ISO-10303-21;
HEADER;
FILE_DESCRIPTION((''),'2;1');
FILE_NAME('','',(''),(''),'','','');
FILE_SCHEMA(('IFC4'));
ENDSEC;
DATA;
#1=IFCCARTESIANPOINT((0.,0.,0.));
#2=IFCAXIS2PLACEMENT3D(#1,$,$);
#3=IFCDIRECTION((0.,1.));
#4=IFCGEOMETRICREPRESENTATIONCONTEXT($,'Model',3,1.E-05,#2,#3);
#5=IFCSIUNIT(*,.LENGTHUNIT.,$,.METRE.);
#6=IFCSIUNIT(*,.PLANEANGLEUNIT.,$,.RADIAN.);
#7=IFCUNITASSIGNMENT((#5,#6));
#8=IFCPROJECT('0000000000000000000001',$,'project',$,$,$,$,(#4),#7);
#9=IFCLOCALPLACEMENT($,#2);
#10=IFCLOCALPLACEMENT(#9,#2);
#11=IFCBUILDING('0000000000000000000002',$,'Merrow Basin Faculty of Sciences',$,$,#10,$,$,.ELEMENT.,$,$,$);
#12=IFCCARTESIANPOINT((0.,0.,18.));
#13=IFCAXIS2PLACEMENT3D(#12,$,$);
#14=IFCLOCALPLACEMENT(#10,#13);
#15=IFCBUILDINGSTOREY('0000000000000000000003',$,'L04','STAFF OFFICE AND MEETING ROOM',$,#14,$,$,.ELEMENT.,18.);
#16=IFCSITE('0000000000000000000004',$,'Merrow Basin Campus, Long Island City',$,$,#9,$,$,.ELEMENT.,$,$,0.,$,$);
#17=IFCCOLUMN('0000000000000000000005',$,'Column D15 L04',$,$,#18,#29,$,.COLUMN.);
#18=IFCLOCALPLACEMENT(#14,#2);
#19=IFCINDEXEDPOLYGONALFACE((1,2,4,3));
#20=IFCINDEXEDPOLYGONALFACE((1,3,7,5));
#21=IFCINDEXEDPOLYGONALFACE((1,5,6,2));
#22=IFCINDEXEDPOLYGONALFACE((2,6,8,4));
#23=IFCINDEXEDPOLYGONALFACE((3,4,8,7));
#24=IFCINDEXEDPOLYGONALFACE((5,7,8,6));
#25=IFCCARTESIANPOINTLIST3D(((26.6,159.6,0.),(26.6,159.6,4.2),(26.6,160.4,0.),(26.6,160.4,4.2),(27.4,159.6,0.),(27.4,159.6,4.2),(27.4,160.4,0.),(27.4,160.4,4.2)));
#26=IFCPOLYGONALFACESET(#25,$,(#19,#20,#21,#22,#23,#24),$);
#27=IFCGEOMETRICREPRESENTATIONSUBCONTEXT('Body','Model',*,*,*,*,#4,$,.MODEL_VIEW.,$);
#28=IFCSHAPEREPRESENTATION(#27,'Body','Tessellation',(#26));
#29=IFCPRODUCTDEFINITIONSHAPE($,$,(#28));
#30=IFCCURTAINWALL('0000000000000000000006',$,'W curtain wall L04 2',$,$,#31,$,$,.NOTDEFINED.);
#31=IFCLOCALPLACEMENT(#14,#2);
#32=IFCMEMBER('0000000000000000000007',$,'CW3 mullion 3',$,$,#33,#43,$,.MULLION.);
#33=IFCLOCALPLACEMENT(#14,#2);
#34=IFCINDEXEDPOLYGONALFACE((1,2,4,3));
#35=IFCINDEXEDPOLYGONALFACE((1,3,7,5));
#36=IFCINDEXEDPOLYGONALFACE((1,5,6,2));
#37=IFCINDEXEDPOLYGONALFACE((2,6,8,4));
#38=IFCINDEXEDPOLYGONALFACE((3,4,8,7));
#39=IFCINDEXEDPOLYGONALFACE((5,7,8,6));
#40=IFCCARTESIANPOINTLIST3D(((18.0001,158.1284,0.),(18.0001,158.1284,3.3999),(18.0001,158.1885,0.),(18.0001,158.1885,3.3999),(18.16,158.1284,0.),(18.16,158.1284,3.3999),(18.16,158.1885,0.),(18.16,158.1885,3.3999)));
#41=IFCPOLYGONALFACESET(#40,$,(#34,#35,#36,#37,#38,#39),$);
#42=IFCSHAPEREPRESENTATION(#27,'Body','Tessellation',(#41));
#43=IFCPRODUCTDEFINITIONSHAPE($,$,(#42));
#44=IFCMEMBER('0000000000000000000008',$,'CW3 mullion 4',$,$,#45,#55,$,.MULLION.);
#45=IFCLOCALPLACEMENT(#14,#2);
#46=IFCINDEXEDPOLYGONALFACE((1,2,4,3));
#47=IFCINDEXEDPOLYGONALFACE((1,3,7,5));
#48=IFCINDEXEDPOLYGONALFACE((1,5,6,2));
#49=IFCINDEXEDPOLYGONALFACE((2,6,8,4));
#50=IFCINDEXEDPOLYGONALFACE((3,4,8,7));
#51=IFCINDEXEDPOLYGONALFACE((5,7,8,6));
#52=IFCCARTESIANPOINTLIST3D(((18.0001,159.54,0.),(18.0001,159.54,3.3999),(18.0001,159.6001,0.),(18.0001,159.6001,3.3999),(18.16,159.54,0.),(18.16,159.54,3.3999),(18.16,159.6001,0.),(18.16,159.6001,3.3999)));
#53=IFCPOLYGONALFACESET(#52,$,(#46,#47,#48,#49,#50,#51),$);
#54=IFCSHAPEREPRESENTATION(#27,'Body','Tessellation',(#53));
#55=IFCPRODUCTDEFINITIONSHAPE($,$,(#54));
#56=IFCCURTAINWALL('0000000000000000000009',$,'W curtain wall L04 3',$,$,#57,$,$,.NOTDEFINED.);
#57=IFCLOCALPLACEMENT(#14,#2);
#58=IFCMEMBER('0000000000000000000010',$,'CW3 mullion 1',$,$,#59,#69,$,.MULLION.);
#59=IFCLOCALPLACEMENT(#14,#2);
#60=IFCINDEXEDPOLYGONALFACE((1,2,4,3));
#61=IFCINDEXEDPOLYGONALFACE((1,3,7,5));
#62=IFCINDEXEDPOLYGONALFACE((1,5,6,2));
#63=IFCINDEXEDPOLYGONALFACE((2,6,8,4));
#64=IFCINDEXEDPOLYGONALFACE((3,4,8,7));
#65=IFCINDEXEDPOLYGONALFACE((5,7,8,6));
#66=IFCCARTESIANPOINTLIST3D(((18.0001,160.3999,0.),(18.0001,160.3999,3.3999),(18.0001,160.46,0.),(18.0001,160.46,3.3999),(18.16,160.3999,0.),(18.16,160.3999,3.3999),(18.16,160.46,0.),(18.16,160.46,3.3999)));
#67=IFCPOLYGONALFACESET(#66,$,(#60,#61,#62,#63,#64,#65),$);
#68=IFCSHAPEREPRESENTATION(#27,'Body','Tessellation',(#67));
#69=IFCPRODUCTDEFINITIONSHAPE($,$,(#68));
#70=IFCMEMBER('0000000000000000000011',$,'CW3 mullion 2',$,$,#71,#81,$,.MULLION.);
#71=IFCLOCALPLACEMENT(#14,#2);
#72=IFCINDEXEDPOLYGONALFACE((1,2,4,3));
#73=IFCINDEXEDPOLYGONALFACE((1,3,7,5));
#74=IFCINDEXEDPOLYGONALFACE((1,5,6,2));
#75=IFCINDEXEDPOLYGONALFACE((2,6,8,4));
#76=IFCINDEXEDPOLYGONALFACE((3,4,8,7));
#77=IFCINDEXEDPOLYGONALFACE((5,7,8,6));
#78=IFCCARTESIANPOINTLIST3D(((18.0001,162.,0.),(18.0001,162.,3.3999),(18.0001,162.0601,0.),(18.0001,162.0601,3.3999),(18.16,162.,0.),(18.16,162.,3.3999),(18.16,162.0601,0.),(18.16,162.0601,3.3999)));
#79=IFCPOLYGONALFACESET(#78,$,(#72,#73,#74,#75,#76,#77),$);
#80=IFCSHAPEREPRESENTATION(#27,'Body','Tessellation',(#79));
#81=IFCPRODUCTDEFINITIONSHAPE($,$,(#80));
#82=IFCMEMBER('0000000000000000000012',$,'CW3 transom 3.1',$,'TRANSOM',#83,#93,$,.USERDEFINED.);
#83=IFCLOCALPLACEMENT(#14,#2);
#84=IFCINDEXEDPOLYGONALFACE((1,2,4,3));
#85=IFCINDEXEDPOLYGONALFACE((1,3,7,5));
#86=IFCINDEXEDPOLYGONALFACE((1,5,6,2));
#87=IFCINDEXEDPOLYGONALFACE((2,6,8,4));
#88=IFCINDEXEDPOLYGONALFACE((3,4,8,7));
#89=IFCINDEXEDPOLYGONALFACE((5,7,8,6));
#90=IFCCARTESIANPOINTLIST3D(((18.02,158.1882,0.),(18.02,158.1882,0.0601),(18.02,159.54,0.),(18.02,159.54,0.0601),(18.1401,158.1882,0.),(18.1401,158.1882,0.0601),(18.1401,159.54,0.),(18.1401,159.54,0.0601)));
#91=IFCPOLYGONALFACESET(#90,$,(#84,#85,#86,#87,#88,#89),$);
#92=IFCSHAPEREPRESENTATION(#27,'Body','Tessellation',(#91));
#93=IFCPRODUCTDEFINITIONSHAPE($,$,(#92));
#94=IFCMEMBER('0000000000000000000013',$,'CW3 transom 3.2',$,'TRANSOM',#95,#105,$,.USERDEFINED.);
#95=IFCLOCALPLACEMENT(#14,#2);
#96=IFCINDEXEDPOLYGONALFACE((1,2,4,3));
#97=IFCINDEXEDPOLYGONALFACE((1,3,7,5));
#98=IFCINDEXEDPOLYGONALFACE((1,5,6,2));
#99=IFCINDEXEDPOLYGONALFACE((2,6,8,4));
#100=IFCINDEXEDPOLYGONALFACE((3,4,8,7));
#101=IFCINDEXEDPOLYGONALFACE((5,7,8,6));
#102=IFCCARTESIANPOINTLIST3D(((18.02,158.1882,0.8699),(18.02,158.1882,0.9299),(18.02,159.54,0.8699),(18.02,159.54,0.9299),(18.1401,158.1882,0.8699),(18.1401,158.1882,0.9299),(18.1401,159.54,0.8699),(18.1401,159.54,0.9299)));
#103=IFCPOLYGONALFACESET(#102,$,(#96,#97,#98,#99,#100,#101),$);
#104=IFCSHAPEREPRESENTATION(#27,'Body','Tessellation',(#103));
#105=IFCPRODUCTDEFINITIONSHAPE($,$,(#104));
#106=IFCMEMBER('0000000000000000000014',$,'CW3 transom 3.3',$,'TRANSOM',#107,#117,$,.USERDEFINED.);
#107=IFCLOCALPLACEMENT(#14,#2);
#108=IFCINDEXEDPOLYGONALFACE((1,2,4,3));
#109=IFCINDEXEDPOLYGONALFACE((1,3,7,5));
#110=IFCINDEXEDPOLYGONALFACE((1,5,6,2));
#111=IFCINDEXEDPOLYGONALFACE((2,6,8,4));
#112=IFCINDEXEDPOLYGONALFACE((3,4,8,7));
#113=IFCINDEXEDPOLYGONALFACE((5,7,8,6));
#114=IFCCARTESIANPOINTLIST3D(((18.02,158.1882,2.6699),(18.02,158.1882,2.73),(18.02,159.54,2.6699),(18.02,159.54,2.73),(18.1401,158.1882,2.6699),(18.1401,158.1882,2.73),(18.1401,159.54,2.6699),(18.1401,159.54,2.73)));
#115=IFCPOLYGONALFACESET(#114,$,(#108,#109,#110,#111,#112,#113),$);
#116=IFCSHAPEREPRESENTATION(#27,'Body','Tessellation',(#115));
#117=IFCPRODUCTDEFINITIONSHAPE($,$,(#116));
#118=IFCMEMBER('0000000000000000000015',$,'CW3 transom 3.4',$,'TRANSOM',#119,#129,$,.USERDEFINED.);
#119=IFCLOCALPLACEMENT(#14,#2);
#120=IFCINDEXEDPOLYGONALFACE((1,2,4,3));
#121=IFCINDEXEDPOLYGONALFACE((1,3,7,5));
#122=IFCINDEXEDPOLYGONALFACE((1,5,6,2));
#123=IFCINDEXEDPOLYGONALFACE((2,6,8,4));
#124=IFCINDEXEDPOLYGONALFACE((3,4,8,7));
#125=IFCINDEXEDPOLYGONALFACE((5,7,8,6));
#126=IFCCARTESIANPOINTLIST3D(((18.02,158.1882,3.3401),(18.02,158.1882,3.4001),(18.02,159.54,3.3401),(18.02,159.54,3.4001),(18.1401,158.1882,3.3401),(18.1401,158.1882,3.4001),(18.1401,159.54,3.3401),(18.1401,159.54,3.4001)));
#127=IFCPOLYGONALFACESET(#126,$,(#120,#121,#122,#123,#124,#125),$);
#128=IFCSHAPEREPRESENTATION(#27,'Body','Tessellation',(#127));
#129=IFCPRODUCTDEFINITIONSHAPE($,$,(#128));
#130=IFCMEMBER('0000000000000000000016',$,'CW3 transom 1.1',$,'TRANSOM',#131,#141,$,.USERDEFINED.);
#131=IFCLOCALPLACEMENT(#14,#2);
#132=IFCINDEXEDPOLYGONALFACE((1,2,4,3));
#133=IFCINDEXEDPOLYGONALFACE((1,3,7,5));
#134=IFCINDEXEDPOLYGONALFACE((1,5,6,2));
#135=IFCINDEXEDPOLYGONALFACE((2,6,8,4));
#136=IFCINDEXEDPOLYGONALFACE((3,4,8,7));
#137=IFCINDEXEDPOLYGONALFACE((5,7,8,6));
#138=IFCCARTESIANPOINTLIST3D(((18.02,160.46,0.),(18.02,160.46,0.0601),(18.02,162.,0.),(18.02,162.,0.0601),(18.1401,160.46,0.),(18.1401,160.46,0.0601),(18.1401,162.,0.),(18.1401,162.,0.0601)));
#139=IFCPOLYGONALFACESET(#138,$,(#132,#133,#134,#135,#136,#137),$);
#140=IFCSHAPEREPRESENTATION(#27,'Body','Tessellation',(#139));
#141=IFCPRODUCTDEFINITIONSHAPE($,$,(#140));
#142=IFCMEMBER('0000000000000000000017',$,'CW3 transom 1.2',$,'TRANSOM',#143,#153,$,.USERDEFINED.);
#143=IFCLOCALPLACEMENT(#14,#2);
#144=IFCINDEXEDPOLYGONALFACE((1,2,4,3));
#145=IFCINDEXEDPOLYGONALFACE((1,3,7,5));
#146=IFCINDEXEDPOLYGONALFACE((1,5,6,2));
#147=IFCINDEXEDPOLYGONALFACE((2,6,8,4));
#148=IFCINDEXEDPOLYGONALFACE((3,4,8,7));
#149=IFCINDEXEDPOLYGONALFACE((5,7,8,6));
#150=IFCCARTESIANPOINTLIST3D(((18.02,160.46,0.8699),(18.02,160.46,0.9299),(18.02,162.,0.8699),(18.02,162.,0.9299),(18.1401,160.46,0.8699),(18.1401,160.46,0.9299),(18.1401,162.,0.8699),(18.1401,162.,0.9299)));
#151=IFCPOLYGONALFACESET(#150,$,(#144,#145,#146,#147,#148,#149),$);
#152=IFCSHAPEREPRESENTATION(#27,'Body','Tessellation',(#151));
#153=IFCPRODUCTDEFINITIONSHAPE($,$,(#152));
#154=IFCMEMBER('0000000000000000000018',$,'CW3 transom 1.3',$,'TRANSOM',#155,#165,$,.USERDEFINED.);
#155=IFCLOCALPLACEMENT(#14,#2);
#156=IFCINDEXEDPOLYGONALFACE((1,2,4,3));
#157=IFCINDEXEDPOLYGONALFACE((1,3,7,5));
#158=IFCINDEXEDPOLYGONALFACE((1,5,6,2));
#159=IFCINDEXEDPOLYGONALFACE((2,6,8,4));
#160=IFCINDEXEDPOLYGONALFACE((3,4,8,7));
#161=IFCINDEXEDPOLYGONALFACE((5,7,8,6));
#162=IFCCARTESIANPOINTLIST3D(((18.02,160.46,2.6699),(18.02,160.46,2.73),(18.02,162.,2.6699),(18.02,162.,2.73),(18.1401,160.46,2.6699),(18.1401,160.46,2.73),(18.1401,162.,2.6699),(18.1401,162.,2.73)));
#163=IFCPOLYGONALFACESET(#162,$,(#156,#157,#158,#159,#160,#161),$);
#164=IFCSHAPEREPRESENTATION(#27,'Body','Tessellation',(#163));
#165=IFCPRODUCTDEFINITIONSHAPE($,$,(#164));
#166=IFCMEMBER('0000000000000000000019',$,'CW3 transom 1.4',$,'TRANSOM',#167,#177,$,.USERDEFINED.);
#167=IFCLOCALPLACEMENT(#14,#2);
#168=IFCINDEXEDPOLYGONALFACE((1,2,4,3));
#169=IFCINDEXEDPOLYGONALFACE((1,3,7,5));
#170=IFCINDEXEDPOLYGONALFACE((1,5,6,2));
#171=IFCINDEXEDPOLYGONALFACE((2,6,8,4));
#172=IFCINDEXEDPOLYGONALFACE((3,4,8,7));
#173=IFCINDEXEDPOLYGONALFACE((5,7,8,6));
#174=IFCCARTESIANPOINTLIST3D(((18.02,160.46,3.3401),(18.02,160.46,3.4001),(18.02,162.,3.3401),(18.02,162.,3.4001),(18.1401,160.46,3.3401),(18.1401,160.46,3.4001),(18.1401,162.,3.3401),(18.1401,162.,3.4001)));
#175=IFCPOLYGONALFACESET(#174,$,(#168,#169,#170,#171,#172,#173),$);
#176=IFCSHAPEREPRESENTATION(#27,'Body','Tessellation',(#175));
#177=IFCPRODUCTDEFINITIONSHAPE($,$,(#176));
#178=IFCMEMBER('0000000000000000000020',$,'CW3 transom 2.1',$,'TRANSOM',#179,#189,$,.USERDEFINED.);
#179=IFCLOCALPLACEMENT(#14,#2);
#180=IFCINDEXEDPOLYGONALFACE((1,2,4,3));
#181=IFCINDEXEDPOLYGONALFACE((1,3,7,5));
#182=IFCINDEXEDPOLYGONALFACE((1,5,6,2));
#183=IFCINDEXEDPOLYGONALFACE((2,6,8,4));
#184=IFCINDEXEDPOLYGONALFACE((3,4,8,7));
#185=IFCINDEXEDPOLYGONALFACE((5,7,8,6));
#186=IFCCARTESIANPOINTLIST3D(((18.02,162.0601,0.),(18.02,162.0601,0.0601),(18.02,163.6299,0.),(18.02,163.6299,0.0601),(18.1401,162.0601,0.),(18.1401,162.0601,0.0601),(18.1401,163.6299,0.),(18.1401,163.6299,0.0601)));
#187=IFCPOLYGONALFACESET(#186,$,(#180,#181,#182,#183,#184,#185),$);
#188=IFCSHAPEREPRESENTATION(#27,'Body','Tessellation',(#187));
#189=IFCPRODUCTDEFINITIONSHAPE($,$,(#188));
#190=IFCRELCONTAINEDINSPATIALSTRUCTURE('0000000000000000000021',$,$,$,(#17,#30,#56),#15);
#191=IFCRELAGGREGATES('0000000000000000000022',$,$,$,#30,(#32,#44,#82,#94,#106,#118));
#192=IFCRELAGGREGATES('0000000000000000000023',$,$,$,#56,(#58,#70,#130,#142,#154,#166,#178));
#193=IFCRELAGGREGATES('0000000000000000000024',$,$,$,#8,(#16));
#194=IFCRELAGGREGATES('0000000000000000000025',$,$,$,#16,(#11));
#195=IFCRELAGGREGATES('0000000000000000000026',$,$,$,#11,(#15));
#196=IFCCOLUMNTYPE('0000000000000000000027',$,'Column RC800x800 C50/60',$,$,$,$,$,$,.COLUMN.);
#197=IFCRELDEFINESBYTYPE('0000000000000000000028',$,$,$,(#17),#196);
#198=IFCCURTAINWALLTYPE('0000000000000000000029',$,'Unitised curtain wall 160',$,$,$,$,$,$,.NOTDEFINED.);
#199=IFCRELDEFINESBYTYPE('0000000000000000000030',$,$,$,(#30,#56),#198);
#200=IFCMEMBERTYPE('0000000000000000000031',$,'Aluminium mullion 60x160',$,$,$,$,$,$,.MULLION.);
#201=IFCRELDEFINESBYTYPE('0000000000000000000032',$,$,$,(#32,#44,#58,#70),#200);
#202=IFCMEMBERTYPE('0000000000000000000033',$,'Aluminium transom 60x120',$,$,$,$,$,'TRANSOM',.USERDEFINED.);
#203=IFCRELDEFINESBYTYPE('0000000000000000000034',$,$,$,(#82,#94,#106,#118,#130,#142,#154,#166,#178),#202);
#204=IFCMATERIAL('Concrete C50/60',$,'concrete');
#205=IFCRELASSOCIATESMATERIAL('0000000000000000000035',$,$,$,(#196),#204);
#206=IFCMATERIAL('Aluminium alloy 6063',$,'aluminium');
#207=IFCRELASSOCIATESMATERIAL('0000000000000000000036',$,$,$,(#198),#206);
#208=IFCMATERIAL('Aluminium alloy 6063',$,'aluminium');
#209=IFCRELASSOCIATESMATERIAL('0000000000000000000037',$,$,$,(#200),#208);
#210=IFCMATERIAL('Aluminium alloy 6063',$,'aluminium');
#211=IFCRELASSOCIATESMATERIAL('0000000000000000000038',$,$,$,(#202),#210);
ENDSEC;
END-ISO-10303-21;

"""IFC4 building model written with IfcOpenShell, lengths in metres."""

from ifc_helpers import new_model, si_unit, direction, frame, origin, origin_2d, place, context, subcontext, project, spatial, rectangle, extrude, material, material_profile, profile_set, type_object, element, aggregate, save


model = new_model("IFC4")

# Units and contexts
model_context = context("Model", 3, precision=1e-05, world=origin(), true_north=direction((0.0, 1.0)))
body_context = subcontext(model_context, "Body", "Model", "MODEL_VIEW")
ifc_project = project(units=[si_unit("LENGTHUNIT", "METRE"), si_unit("PLANEANGLEUNIT", "RADIAN")], contexts=[model_context])

# Site, building, storey
site_placement = place(None, origin())
site = spatial("IfcSite", under=ifc_project, at=site_placement, Name="Merrow Basin Campus, Long Island City", CompositionType="ELEMENT", RefElevation=0.0)
building_placement = place(site_placement, origin())
building = spatial("IfcBuilding", under=site, at=building_placement, Name="Merrow Basin Faculty of Sciences", CompositionType="ELEMENT")
storey_placement = place(building_placement, frame((0.0, 0.0, 18.0)))
storey = spatial("IfcBuildingStorey", under=building, at=storey_placement, Name="L04", Description="STAFF OFFICE AND MEETING ROOM", CompositionType="ELEMENT", Elevation=18.0)

# Column
ifc_material_1 = material(Name="Concrete C50/60", Category="concrete")
ifc_material_profile_1 = material_profile(ifc_material_1, rectangle(XDim=0.8, YDim=0.8, at=origin_2d()))
ifc_profile_set_1 = profile_set([ifc_material_profile_1], Name="Concrete C50/60")
column_type = type_object("IfcColumnType", Name="Column RC800x800 C50/60", PredefinedType="COLUMN", material=ifc_profile_set_1)
column_placement = place(storey_placement, frame((27.0, 160.0, 0.0), z_axis=(0.0, 0.0, 1.0), x_axis=(1.0, 0.0, 0.0)))
element("IfcColumn", 1, at=column_placement, inside=storey, type_object=column_type, Name="Column D15 L04", PredefinedType="COLUMN", context=body_context, shape_type="SweptSolid", body=[
    extrude(rectangle(XDim=0.8, YDim=0.8, at=origin_2d()), origin(), (0.0, 0.0, 1.0), 4.2),
])

# Curtain walls, members
ifc_material_2 = material(Name="Aluminium alloy 6063", Category="aluminium")
curtain_wall_type = type_object("IfcCurtainWallType", Name="Unitised curtain wall 160", PredefinedType="NOTDEFINED", material=ifc_material_2)
curtain_wall_1_placement = place(storey_placement, origin())
curtain_wall_1 = element("IfcCurtainWall", 2, at=curtain_wall_1_placement, inside=storey, type_object=curtain_wall_type, Name="W curtain wall L04 2", PredefinedType="NOTDEFINED")
ifc_material_3 = material(Name="Aluminium alloy 6063", Category="aluminium")
ifc_material_profile_2 = material_profile(ifc_material_3, rectangle(XDim=0.1599, YDim=0.0601, at=origin_2d()))
ifc_profile_set_2 = profile_set([ifc_material_profile_2], Name="Aluminium alloy 6063")
member_type_1 = type_object("IfcMemberType", Name="Aluminium mullion 60x160", PredefinedType="MULLION", material=ifc_profile_set_2)
member_1_placement = place(storey_placement, frame((18.0801, 158.1584, 0.0), z_axis=(0.0, 0.0, 1.0), x_axis=(-1.0, 0.0, 0.0)))
member_1 = element("IfcMember", 3, at=member_1_placement, type_object=member_type_1, Name="CW3 mullion 3", PredefinedType="MULLION", context=body_context, shape_type="SweptSolid", body=[
    extrude(rectangle(XDim=0.1599, YDim=0.0601, at=origin_2d()), origin(), (0.0, 0.0, 1.0), 3.3999),
])
member_2_placement = place(storey_placement, frame((18.0801, 159.5701, 0.0), z_axis=(0.0, 0.0, 1.0), x_axis=(-1.0, 0.0, 0.0)))
member_2 = element("IfcMember", 4, at=member_2_placement, type_object=member_type_1, Name="CW3 mullion 4", PredefinedType="MULLION", context=body_context, shape_type="SweptSolid", body=[
    extrude(rectangle(XDim=0.1599, YDim=0.0601, at=origin_2d()), origin(), (0.0, 0.0, 1.0), 3.3999),
])
curtain_wall_2_placement = place(storey_placement, origin())
curtain_wall_2 = element("IfcCurtainWall", 5, at=curtain_wall_2_placement, inside=storey, type_object=curtain_wall_type, Name="W curtain wall L04 3", PredefinedType="NOTDEFINED")
member_3_placement = place(storey_placement, frame((18.0801, 160.4299, 0.0), z_axis=(0.0, 0.0, 1.0), x_axis=(-1.0, 0.0, 0.0)))
member_3 = element("IfcMember", 6, at=member_3_placement, type_object=member_type_1, Name="CW3 mullion 1", PredefinedType="MULLION", context=body_context, shape_type="SweptSolid", body=[
    extrude(rectangle(XDim=0.1599, YDim=0.0601, at=origin_2d()), origin(), (0.0, 0.0, 1.0), 3.3999),
])
member_4_placement = place(storey_placement, frame((18.0801, 162.03, 0.0), z_axis=(0.0, 0.0, 1.0), x_axis=(-1.0, 0.0, 0.0)))
member_4 = element("IfcMember", 7, at=member_4_placement, type_object=member_type_1, Name="CW3 mullion 2", PredefinedType="MULLION", context=body_context, shape_type="SweptSolid", body=[
    extrude(rectangle(XDim=0.1599, YDim=0.0601, at=origin_2d()), origin(), (0.0, 0.0, 1.0), 3.3999),
])

# Members
ifc_material_4 = material(Name="Aluminium alloy 6063", Category="aluminium")
ifc_material_profile_3 = material_profile(ifc_material_4, rectangle(XDim=0.1201, YDim=0.0601, at=origin_2d()))
ifc_profile_set_3 = profile_set([ifc_material_profile_3], Name="Aluminium alloy 6063")
member_type_2 = type_object("IfcMemberType", Name="Aluminium transom 60x120", ElementType="TRANSOM", PredefinedType="USERDEFINED", material=ifc_profile_set_3)
member_5_placement = place(storey_placement, frame((18.0801, 158.1882, 0.03), z_axis=(0.0, 1.0, 0.0), x_axis=(-1.0, 0.0, 0.0)))
member_5 = element("IfcMember", 8, at=member_5_placement, type_object=member_type_2, Name="CW3 transom 3.1", ObjectType="TRANSOM", PredefinedType="USERDEFINED", context=body_context, shape_type="SweptSolid", body=[
    extrude(rectangle(XDim=0.1201, YDim=0.0601, at=origin_2d()), origin(), (0.0, 0.0, 1.0), 1.3518),
])
member_6_placement = place(storey_placement, frame((18.0801, 158.1882, 0.8999), z_axis=(0.0, 1.0, 0.0), x_axis=(-1.0, 0.0, 0.0)))
member_6 = element("IfcMember", 9, at=member_6_placement, type_object=member_type_2, Name="CW3 transom 3.2", ObjectType="TRANSOM", PredefinedType="USERDEFINED", context=body_context, shape_type="SweptSolid", body=[
    extrude(rectangle(XDim=0.1201, YDim=0.0601, at=origin_2d()), origin(), (0.0, 0.0, 1.0), 1.3518),
])
member_7_placement = place(storey_placement, frame((18.0801, 158.1882, 2.7), z_axis=(0.0, 1.0, 0.0), x_axis=(-1.0, 0.0, 0.0)))
member_7 = element("IfcMember", 10, at=member_7_placement, type_object=member_type_2, Name="CW3 transom 3.3", ObjectType="TRANSOM", PredefinedType="USERDEFINED", context=body_context, shape_type="SweptSolid", body=[
    extrude(rectangle(XDim=0.1201, YDim=0.0601, at=origin_2d()), origin(), (0.0, 0.0, 1.0), 1.3518),
])
member_8_placement = place(storey_placement, frame((18.0801, 158.1882, 3.3701), z_axis=(0.0, 1.0, 0.0), x_axis=(-1.0, 0.0, 0.0)))
member_8 = element("IfcMember", 11, at=member_8_placement, type_object=member_type_2, Name="CW3 transom 3.4", ObjectType="TRANSOM", PredefinedType="USERDEFINED", context=body_context, shape_type="SweptSolid", body=[
    extrude(rectangle(XDim=0.1201, YDim=0.0601, at=origin_2d()), origin(), (0.0, 0.0, 1.0), 1.3518),
])
member_9_placement = place(storey_placement, frame((18.0801, 160.46, 0.03), z_axis=(0.0, 1.0, 0.0), x_axis=(-1.0, 0.0, 0.0)))
member_9 = element("IfcMember", 12, at=member_9_placement, type_object=member_type_2, Name="CW3 transom 1.1", ObjectType="TRANSOM", PredefinedType="USERDEFINED", context=body_context, shape_type="SweptSolid", body=[
    extrude(rectangle(XDim=0.1201, YDim=0.0601, at=origin_2d()), origin(), (0.0, 0.0, 1.0), 1.54),
])
member_10_placement = place(storey_placement, frame((18.0801, 160.46, 0.8999), z_axis=(0.0, 1.0, 0.0), x_axis=(-1.0, 0.0, 0.0)))
member_10 = element("IfcMember", 13, at=member_10_placement, type_object=member_type_2, Name="CW3 transom 1.2", ObjectType="TRANSOM", PredefinedType="USERDEFINED", context=body_context, shape_type="SweptSolid", body=[
    extrude(rectangle(XDim=0.1201, YDim=0.0601, at=origin_2d()), origin(), (0.0, 0.0, 1.0), 1.54),
])
member_11_placement = place(storey_placement, frame((18.0801, 160.46, 2.7), z_axis=(0.0, 1.0, 0.0), x_axis=(-1.0, 0.0, 0.0)))
member_11 = element("IfcMember", 14, at=member_11_placement, type_object=member_type_2, Name="CW3 transom 1.3", ObjectType="TRANSOM", PredefinedType="USERDEFINED", context=body_context, shape_type="SweptSolid", body=[
    extrude(rectangle(XDim=0.1201, YDim=0.0601, at=origin_2d()), origin(), (0.0, 0.0, 1.0), 1.54),
])
member_12_placement = place(storey_placement, frame((18.0801, 160.46, 3.3701), z_axis=(0.0, 1.0, 0.0), x_axis=(-1.0, 0.0, 0.0)))
member_12 = element("IfcMember", 15, at=member_12_placement, type_object=member_type_2, Name="CW3 transom 1.4", ObjectType="TRANSOM", PredefinedType="USERDEFINED", context=body_context, shape_type="SweptSolid", body=[
    extrude(rectangle(XDim=0.1201, YDim=0.0601, at=origin_2d()), origin(), (0.0, 0.0, 1.0), 1.54),
])
member_13_placement = place(storey_placement, frame((18.0801, 162.0601, 0.03), z_axis=(0.0, 1.0, 0.0), x_axis=(-1.0, 0.0, 0.0)))
member_13 = element("IfcMember", 16, at=member_13_placement, type_object=member_type_2, Name="CW3 transom 2.1", ObjectType="TRANSOM", PredefinedType="USERDEFINED", context=body_context, shape_type="SweptSolid", body=[
    extrude(rectangle(XDim=0.1201, YDim=0.0601, at=origin_2d()), origin(), (0.0, 0.0, 1.0), 1.5698),
])

aggregate(curtain_wall_1, [member_1, member_2, member_5, member_6, member_7, member_8])
aggregate(curtain_wall_2, [member_3, member_4, member_9, member_10, member_11, member_12, member_13])

save(model, "model.ifc")
